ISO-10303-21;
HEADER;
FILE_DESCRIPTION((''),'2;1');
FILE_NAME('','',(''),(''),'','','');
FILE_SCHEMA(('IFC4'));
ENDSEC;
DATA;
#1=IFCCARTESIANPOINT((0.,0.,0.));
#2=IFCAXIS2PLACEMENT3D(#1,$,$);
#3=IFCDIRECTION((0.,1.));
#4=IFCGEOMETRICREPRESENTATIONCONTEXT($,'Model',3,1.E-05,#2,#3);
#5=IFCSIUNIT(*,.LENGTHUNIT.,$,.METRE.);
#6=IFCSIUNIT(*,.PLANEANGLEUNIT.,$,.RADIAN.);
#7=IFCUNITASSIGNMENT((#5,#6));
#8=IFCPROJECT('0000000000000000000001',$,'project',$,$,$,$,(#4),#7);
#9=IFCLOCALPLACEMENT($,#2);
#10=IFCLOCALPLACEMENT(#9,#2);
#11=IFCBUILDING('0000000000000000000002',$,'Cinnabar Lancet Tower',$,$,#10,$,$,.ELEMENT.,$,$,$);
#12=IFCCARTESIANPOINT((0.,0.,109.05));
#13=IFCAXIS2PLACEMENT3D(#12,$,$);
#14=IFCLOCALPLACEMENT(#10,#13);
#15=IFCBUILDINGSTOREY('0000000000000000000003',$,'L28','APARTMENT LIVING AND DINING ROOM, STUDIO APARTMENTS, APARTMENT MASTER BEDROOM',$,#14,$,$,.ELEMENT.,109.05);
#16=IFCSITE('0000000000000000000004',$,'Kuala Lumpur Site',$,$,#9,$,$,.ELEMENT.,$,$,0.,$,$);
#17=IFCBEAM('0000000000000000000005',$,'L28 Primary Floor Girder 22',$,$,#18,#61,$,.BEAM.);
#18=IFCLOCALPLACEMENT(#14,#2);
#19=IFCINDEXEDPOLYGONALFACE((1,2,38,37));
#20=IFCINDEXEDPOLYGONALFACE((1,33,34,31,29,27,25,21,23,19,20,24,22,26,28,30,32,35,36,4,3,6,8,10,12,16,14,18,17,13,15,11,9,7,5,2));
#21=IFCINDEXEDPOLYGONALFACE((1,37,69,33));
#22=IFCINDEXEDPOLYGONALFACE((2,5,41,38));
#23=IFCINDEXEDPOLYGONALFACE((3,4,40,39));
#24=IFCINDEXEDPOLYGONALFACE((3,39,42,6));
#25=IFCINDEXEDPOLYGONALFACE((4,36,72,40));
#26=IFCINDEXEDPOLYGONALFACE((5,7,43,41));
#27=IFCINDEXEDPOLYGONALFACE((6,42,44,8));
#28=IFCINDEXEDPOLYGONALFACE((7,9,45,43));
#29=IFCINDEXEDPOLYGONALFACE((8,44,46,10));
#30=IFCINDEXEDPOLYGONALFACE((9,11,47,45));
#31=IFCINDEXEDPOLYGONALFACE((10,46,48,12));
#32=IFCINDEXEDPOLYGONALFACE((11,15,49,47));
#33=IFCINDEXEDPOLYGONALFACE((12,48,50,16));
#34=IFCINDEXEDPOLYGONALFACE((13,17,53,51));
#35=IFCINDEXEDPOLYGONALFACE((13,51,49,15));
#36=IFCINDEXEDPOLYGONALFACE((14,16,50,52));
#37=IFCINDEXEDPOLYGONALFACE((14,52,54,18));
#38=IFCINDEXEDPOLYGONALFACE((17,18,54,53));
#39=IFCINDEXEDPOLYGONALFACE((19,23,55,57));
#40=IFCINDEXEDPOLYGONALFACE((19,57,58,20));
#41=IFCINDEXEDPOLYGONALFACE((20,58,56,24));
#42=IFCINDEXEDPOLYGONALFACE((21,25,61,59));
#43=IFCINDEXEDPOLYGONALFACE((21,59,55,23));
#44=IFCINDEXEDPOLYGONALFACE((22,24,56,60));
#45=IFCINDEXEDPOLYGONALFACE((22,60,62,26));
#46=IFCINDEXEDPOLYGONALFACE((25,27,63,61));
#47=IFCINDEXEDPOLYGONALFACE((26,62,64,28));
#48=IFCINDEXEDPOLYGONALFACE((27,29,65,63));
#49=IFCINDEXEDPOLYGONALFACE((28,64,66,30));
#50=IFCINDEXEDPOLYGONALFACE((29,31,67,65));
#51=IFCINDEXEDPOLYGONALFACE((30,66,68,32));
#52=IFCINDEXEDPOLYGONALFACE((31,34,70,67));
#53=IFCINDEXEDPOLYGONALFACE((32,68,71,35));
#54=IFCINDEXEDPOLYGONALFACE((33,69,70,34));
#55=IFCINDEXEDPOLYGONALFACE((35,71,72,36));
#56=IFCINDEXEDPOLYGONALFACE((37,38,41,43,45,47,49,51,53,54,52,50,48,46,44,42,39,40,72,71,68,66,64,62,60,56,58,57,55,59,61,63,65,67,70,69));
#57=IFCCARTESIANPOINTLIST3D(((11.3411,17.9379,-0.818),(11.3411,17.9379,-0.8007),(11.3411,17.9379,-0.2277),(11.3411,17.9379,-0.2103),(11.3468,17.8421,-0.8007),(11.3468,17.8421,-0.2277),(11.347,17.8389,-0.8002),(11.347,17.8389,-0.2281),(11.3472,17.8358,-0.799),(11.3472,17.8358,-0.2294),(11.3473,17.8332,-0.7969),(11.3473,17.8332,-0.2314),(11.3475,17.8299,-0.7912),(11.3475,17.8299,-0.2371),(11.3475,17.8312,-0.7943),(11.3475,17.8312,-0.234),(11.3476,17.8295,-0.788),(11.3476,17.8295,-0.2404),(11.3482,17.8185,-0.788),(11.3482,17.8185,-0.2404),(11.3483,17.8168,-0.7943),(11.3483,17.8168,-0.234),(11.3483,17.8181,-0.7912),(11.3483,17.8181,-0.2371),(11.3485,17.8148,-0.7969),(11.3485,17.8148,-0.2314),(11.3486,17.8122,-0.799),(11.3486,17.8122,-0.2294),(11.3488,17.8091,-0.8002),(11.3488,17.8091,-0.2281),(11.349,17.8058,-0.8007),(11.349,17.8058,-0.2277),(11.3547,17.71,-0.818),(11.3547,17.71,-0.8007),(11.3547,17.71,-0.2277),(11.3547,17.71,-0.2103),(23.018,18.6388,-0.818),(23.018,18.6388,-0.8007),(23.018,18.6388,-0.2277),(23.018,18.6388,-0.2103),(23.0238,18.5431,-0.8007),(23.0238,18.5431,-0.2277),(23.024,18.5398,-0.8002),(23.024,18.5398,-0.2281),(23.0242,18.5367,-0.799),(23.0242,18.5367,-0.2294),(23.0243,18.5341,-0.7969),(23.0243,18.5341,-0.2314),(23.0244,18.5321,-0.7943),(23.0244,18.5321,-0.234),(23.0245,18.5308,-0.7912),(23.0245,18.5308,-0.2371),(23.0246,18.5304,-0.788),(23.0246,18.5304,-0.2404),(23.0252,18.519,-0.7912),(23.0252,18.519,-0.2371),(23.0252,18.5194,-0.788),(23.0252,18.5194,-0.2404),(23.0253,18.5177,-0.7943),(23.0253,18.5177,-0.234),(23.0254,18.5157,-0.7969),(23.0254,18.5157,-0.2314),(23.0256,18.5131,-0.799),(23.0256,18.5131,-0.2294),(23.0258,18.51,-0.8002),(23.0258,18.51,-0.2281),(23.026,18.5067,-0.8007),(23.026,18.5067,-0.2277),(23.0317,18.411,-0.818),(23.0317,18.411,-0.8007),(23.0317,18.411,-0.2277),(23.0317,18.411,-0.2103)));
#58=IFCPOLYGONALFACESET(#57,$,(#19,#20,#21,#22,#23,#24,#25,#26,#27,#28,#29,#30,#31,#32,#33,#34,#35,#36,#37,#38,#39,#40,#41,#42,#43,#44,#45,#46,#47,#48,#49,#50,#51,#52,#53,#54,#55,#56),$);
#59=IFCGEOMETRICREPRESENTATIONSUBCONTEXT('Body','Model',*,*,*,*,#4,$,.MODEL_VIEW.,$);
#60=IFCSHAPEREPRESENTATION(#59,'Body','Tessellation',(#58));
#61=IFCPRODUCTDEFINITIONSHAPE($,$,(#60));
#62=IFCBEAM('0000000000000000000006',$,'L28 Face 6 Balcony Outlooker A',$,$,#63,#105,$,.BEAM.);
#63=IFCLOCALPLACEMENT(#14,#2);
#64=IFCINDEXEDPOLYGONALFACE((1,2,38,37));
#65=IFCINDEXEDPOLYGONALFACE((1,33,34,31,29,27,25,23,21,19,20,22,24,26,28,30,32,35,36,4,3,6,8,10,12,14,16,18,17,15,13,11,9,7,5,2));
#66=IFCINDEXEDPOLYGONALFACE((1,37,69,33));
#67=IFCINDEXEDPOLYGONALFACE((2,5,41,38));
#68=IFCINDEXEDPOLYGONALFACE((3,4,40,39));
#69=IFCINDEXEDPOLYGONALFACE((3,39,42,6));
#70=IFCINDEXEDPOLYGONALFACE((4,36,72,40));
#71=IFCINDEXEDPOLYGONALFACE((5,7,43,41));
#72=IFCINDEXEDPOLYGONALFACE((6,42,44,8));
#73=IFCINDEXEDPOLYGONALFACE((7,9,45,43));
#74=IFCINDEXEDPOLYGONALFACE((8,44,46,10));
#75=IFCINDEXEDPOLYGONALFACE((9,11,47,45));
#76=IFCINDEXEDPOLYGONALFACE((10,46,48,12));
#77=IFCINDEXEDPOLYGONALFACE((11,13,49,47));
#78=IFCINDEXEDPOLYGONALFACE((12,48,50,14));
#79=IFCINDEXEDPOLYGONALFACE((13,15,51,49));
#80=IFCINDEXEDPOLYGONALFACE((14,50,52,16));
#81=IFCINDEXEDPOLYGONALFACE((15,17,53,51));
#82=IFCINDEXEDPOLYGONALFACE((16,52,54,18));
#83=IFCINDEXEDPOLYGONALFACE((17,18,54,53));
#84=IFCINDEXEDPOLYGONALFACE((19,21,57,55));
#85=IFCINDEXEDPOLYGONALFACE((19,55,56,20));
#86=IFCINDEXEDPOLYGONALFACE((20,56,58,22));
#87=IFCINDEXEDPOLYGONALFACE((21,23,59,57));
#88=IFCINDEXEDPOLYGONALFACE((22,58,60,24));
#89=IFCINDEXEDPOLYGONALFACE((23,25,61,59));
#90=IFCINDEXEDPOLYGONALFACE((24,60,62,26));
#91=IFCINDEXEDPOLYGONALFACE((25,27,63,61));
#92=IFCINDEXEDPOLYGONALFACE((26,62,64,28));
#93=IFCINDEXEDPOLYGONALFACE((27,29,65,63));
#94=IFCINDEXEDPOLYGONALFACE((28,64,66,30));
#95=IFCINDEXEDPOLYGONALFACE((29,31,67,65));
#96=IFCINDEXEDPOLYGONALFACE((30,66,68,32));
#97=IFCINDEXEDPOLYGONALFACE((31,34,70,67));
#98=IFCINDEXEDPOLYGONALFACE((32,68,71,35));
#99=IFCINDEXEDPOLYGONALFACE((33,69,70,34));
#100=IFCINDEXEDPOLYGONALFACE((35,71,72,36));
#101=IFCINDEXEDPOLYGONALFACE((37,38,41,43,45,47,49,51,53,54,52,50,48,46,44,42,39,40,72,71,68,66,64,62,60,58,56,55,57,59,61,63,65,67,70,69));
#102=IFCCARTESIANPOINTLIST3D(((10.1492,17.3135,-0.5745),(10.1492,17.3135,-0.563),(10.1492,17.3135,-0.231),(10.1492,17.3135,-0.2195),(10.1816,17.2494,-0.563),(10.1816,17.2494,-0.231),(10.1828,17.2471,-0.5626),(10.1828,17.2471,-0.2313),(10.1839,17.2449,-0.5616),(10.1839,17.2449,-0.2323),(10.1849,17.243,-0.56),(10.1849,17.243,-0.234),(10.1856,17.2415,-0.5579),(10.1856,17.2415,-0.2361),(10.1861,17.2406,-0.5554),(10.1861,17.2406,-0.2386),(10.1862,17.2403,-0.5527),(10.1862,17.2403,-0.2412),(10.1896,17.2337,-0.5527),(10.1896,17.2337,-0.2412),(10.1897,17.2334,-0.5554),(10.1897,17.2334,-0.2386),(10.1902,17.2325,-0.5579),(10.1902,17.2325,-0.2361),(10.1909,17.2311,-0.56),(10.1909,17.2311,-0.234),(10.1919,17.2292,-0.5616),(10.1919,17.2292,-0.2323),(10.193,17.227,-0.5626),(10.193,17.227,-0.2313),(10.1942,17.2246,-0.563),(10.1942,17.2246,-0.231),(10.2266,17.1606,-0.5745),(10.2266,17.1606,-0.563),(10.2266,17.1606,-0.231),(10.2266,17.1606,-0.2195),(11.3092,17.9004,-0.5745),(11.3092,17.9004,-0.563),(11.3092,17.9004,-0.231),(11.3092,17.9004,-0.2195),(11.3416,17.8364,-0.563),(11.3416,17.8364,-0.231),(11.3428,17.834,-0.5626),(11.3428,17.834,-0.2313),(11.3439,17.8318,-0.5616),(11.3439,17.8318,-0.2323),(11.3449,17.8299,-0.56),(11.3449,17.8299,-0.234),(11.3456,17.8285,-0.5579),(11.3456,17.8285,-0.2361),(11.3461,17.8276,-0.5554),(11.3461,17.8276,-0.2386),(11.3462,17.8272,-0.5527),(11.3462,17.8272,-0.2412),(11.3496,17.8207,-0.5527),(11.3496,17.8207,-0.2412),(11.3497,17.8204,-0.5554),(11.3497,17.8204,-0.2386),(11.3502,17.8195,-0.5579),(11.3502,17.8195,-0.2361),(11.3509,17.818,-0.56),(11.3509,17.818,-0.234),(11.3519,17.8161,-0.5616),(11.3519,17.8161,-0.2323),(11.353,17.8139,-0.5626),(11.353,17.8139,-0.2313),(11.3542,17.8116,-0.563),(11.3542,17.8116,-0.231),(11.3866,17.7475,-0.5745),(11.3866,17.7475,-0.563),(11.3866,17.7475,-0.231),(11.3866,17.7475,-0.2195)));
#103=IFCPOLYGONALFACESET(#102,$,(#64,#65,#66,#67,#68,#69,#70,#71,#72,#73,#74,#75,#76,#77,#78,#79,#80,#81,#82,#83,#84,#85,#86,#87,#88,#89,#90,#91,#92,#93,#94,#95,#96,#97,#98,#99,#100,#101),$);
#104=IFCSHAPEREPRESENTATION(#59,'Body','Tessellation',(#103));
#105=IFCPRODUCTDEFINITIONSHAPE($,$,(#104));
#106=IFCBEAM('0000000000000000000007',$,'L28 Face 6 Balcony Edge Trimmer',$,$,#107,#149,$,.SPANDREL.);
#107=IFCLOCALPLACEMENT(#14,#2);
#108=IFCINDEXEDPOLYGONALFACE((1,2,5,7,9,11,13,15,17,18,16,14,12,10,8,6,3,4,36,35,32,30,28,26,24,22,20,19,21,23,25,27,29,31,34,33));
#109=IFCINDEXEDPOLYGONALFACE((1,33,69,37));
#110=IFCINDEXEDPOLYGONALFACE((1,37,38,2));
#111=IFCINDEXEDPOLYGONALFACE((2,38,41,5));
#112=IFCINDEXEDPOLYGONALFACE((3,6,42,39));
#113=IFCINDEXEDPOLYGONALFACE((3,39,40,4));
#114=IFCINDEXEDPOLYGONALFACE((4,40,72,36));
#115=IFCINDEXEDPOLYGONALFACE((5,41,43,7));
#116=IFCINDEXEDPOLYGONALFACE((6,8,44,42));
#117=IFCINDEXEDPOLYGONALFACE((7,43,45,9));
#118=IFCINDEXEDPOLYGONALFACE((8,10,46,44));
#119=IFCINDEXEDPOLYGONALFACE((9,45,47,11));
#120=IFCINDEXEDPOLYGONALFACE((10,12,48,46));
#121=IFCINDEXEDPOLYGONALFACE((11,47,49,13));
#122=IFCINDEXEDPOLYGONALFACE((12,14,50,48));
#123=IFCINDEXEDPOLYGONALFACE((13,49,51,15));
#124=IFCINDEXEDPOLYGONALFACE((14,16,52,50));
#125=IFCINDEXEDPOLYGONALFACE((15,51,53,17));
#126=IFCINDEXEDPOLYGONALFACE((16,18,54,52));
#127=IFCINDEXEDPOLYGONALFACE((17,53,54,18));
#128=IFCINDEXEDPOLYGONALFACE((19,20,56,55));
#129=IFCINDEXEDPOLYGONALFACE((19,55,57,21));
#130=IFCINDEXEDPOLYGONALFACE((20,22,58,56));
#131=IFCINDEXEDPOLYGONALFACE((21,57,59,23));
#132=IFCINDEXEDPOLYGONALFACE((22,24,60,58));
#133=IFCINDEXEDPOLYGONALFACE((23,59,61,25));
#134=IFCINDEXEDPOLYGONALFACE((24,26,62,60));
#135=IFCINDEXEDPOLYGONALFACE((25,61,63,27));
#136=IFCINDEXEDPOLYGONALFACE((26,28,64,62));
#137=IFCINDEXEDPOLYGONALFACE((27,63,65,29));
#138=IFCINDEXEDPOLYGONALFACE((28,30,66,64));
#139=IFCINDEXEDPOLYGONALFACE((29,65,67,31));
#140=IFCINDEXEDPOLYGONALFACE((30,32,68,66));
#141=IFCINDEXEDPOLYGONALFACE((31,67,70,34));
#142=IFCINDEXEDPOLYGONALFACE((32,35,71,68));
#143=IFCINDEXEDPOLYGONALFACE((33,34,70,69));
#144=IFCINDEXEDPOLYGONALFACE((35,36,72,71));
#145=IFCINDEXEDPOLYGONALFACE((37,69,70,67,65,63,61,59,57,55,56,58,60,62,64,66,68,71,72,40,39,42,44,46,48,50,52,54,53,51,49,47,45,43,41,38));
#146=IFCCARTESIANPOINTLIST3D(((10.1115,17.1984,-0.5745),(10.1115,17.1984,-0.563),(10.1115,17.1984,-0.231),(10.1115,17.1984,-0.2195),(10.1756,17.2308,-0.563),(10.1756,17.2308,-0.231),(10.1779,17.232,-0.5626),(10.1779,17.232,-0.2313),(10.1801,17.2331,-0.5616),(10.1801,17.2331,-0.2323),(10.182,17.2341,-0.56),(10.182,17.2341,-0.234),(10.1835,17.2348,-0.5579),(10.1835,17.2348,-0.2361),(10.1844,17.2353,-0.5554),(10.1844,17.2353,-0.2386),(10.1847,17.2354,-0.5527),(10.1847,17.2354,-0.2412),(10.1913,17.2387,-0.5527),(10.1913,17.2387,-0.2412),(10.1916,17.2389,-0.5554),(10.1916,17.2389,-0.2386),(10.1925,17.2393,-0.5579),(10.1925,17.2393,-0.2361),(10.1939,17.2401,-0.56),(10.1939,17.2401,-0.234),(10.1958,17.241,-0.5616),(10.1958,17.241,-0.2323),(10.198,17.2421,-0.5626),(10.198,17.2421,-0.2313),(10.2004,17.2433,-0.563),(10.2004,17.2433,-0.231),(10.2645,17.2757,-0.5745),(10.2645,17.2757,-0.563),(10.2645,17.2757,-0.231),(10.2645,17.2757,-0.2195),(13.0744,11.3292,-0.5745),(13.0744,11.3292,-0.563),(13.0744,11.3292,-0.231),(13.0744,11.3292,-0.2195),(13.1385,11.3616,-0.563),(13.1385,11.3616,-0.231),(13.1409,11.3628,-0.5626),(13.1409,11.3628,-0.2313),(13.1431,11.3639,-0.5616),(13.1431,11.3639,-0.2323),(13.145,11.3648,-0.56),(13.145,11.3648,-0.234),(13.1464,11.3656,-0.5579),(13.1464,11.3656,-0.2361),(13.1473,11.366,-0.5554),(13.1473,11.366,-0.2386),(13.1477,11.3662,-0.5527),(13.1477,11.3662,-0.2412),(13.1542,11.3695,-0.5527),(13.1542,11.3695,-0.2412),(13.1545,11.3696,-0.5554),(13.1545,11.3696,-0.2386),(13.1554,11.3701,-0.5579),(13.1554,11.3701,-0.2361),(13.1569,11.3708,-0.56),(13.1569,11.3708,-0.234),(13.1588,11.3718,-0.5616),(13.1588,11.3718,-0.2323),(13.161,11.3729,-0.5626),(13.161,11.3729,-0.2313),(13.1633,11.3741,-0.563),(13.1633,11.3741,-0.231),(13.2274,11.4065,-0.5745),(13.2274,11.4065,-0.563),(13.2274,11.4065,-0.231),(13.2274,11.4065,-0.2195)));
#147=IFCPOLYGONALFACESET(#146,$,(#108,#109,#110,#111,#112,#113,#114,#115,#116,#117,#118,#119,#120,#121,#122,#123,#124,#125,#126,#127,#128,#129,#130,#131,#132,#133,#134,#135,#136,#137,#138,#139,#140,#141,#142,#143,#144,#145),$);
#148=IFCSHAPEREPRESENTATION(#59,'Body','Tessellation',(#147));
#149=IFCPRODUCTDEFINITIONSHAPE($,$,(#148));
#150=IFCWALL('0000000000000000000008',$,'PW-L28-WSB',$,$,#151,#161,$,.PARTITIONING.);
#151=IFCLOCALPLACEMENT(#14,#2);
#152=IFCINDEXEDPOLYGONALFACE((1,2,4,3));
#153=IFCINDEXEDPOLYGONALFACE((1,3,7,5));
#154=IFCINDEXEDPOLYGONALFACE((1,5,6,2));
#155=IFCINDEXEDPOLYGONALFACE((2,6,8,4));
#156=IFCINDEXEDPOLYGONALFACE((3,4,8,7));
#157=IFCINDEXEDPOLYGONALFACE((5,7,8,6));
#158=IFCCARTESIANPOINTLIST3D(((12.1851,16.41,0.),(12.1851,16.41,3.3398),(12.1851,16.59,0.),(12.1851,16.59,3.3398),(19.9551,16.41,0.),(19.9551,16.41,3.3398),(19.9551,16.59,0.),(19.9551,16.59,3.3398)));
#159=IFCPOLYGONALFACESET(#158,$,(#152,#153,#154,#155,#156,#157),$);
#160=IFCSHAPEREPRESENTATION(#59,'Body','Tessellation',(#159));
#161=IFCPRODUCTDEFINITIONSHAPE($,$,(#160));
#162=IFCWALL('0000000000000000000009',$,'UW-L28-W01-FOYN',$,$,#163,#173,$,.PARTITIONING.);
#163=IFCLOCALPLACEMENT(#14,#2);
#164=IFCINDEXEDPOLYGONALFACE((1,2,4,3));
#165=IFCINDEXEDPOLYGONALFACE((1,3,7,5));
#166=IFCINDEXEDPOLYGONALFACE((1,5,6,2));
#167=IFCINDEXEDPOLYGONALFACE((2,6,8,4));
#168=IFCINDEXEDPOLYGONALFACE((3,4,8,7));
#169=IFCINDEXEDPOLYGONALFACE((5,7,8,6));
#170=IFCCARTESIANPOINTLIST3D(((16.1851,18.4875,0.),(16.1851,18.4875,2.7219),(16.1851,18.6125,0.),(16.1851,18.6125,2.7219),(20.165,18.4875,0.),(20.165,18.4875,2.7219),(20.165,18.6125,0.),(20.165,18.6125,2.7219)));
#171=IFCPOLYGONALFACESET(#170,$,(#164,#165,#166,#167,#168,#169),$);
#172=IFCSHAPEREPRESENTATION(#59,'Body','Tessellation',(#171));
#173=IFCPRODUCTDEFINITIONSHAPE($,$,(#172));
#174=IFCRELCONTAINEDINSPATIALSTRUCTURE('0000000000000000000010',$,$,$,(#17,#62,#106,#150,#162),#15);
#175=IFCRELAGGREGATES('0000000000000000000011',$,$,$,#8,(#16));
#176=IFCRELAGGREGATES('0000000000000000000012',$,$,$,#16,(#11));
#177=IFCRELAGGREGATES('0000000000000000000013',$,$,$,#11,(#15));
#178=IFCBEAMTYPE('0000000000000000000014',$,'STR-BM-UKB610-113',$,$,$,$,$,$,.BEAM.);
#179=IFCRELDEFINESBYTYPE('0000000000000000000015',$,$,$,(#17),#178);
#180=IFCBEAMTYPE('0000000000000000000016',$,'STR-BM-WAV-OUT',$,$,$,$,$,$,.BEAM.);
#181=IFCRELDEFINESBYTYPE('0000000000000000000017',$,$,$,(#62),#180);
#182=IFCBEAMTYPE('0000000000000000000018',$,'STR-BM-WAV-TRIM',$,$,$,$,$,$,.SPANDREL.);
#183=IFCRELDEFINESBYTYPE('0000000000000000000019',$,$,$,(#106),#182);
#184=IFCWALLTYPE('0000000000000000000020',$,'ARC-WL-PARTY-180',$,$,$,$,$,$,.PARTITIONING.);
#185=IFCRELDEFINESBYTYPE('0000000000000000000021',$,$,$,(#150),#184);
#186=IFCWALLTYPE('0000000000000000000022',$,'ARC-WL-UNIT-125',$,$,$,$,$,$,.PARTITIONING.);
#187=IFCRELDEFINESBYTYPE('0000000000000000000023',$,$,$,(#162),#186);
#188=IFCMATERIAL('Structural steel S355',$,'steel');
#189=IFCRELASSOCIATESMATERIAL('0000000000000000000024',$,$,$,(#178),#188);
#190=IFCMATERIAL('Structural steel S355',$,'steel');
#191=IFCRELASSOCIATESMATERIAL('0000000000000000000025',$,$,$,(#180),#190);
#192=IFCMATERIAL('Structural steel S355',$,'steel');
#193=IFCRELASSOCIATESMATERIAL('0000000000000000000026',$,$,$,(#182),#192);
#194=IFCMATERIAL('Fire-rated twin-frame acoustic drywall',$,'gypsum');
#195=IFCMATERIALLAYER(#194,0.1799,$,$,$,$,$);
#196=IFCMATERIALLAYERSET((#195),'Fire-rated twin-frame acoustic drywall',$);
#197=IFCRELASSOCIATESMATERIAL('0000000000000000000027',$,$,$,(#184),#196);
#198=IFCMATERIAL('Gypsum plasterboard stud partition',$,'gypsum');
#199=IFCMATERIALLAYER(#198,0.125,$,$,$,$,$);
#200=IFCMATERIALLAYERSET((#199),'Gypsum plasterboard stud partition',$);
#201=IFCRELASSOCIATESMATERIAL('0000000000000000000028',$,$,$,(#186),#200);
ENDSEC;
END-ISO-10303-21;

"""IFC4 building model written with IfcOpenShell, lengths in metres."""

from ifc_helpers import new_model, si_unit, direction, frame, frame_2d, origin, origin_2d, place, context, subcontext, project, spatial, rectangle, i_section, extrude, material, layer, layer_set, material_profile, profile_set, type_object, element, save


model = new_model("IFC4")

# Units and contexts
model_context = context("Model", 3, precision=1e-05, world=origin(), true_north=direction((0.0, 1.0)))
body_context = subcontext(model_context, "Body", "Model", "MODEL_VIEW")
ifc_project = project(units=[si_unit("LENGTHUNIT", "METRE"), si_unit("PLANEANGLEUNIT", "RADIAN")], contexts=[model_context])

# Site, building, storey
site_placement = place(None, origin())
site = spatial("IfcSite", under=ifc_project, at=site_placement, Name="Kuala Lumpur Site", CompositionType="ELEMENT", RefElevation=0.0)
building_placement = place(site_placement, origin())
building = spatial("IfcBuilding", under=site, at=building_placement, Name="Cinnabar Lancet Tower", CompositionType="ELEMENT")
storey_placement = place(building_placement, frame((0.0, 0.0, 109.05)))
storey = spatial("IfcBuildingStorey", under=building, at=storey_placement, Name="L28", Description="APARTMENT LIVING AND DINING ROOM, STUDIO APARTMENTS, APARTMENT MASTER BEDROOM", CompositionType="ELEMENT", Elevation=109.05)

# Beams
ifc_material_1 = material(Name="Structural steel S355", Category="steel")
ifc_material_profile_1 = material_profile(ifc_material_1, i_section(OverallWidth=0.2283, OverallDepth=0.6077, WebThickness=0.011, FlangeThickness=0.0173, FilletRadius=0.0127, at=origin_2d()), Name="UKB 610x229x113")
ifc_profile_set_1 = profile_set([ifc_material_profile_1], Name="Structural steel S355")
beam_type_1 = type_object("IfcBeamType", Name="STR-BM-UKB610-113", PredefinedType="BEAM", material=ifc_profile_set_1)
beam_1_placement = place(storey_placement, frame((11.3479, 17.824, -0.5142), z_axis=(0.998203, 0.059918, 0.0), x_axis=(-0.059918, 0.998203, 0.0)))
element("IfcBeam", 1, at=beam_1_placement, inside=storey, type_object=beam_type_1, Name="L28 Primary Floor Girder 22", PredefinedType="BEAM", context=body_context, shape_type="SweptSolid", body=[
    extrude(i_section(OverallWidth=0.2283, OverallDepth=0.6077, WebThickness=0.011, FlangeThickness=0.0173, FilletRadius=0.0127, at=origin_2d()), origin(), (0.0, 0.0, 1.0), 11.698),
])
ifc_material_2 = material(Name="Structural steel S355", Category="steel")
ifc_material_profile_2 = material_profile(ifc_material_2, i_section(OverallWidth=0.1714, OverallDepth=0.355, WebThickness=0.0073, FlangeThickness=0.0115, FilletRadius=0.0103, at=origin_2d()), Name="UKB 356x171x51")
ifc_profile_set_2 = profile_set([ifc_material_profile_2], Name="Structural steel S355")
beam_type_2 = type_object("IfcBeamType", Name="STR-BM-WAV-OUT", PredefinedType="BEAM", material=ifc_profile_set_2)
beam_2_placement = place(storey_placement, frame((11.3479, 17.824, -0.397), z_axis=(-0.892276, -0.45149, 0.0), x_axis=(0.45149, -0.892276, 0.0)))
element("IfcBeam", 2, at=beam_2_placement, inside=storey, type_object=beam_type_2, Name="L28 Face 6 Balcony Outlooker A", PredefinedType="BEAM", context=body_context, shape_type="SweptSolid", body=[
    extrude(i_section(OverallWidth=0.1714, OverallDepth=0.355, WebThickness=0.0073, FlangeThickness=0.0115, FilletRadius=0.0103, at=origin_2d()), origin(), (0.0, 0.0, 1.0), 1.3),
])
ifc_material_3 = material(Name="Structural steel S355", Category="steel")
ifc_material_profile_3 = material_profile(ifc_material_3, i_section(OverallWidth=0.1714, OverallDepth=0.355, WebThickness=0.0073, FlangeThickness=0.0115, FilletRadius=0.0103, at=origin_2d()), Name="UKB 356x171x51")
ifc_profile_set_3 = profile_set([ifc_material_profile_3], Name="Structural steel S355")
beam_type_3 = type_object("IfcBeamType", Name="STR-BM-WAV-TRIM", PredefinedType="SPANDREL", material=ifc_profile_set_3)
beam_3_placement = place(storey_placement, frame((10.188, 17.2371, -0.397), z_axis=(0.450656, -0.892698, 0.0), x_axis=(0.892698, 0.450656, 0.0)))
element("IfcBeam", 3, at=beam_3_placement, inside=storey, type_object=beam_type_3, Name="L28 Face 6 Balcony Edge Trimmer", PredefinedType="SPANDREL", context=body_context, shape_type="SweptSolid", body=[
    extrude(i_section(OverallWidth=0.1714, OverallDepth=0.355, WebThickness=0.0073, FlangeThickness=0.0115, FilletRadius=0.0103, at=origin_2d()), origin(), (0.0, 0.0, 1.0), 6.5747),
])

# Walls
ifc_material_4 = material(Name="Fire-rated twin-frame acoustic drywall", Category="gypsum")
ifc_layer_1 = layer(ifc_material_4, 0.1799)
ifc_layer_set_1 = layer_set([ifc_layer_1], Name="Fire-rated twin-frame acoustic drywall")
wall_type_1 = type_object("IfcWallType", Name="ARC-WL-PARTY-180", PredefinedType="PARTITIONING", material=ifc_layer_set_1)
wall_1_placement = place(storey_placement, frame((12.1851, 16.5, 0.0), z_axis=(0.0, 0.0, 1.0), x_axis=(1.0, 0.0, 0.0)))
element("IfcWall", 4, at=wall_1_placement, inside=storey, type_object=wall_type_1, Name="PW-L28-WSB", PredefinedType="PARTITIONING", context=body_context, shape_type="SweptSolid", body=[
    extrude(rectangle(XDim=7.77, YDim=0.1799, at=frame_2d((3.885, 0.0))), origin(), (0.0, 0.0, 1.0), 3.3398),
])
ifc_material_5 = material(Name="Gypsum plasterboard stud partition", Category="gypsum")
ifc_layer_2 = layer(ifc_material_5, 0.125)
ifc_layer_set_2 = layer_set([ifc_layer_2], Name="Gypsum plasterboard stud partition")
wall_type_2 = type_object("IfcWallType", Name="ARC-WL-UNIT-125", PredefinedType="PARTITIONING", material=ifc_layer_set_2)
wall_2_placement = place(storey_placement, frame((16.1851, 18.55, 0.0), z_axis=(0.0, 0.0, 1.0), x_axis=(1.0, 0.0, 0.0)))
element("IfcWall", 5, at=wall_2_placement, inside=storey, type_object=wall_type_2, Name="UW-L28-W01-FOYN", PredefinedType="PARTITIONING", context=body_context, shape_type="SweptSolid", body=[
    extrude(rectangle(XDim=3.98, YDim=0.125, at=frame_2d((1.99, 0.0))), origin(), (0.0, 0.0, 1.0), 2.7219),
])

save(model, "model.ifc")
